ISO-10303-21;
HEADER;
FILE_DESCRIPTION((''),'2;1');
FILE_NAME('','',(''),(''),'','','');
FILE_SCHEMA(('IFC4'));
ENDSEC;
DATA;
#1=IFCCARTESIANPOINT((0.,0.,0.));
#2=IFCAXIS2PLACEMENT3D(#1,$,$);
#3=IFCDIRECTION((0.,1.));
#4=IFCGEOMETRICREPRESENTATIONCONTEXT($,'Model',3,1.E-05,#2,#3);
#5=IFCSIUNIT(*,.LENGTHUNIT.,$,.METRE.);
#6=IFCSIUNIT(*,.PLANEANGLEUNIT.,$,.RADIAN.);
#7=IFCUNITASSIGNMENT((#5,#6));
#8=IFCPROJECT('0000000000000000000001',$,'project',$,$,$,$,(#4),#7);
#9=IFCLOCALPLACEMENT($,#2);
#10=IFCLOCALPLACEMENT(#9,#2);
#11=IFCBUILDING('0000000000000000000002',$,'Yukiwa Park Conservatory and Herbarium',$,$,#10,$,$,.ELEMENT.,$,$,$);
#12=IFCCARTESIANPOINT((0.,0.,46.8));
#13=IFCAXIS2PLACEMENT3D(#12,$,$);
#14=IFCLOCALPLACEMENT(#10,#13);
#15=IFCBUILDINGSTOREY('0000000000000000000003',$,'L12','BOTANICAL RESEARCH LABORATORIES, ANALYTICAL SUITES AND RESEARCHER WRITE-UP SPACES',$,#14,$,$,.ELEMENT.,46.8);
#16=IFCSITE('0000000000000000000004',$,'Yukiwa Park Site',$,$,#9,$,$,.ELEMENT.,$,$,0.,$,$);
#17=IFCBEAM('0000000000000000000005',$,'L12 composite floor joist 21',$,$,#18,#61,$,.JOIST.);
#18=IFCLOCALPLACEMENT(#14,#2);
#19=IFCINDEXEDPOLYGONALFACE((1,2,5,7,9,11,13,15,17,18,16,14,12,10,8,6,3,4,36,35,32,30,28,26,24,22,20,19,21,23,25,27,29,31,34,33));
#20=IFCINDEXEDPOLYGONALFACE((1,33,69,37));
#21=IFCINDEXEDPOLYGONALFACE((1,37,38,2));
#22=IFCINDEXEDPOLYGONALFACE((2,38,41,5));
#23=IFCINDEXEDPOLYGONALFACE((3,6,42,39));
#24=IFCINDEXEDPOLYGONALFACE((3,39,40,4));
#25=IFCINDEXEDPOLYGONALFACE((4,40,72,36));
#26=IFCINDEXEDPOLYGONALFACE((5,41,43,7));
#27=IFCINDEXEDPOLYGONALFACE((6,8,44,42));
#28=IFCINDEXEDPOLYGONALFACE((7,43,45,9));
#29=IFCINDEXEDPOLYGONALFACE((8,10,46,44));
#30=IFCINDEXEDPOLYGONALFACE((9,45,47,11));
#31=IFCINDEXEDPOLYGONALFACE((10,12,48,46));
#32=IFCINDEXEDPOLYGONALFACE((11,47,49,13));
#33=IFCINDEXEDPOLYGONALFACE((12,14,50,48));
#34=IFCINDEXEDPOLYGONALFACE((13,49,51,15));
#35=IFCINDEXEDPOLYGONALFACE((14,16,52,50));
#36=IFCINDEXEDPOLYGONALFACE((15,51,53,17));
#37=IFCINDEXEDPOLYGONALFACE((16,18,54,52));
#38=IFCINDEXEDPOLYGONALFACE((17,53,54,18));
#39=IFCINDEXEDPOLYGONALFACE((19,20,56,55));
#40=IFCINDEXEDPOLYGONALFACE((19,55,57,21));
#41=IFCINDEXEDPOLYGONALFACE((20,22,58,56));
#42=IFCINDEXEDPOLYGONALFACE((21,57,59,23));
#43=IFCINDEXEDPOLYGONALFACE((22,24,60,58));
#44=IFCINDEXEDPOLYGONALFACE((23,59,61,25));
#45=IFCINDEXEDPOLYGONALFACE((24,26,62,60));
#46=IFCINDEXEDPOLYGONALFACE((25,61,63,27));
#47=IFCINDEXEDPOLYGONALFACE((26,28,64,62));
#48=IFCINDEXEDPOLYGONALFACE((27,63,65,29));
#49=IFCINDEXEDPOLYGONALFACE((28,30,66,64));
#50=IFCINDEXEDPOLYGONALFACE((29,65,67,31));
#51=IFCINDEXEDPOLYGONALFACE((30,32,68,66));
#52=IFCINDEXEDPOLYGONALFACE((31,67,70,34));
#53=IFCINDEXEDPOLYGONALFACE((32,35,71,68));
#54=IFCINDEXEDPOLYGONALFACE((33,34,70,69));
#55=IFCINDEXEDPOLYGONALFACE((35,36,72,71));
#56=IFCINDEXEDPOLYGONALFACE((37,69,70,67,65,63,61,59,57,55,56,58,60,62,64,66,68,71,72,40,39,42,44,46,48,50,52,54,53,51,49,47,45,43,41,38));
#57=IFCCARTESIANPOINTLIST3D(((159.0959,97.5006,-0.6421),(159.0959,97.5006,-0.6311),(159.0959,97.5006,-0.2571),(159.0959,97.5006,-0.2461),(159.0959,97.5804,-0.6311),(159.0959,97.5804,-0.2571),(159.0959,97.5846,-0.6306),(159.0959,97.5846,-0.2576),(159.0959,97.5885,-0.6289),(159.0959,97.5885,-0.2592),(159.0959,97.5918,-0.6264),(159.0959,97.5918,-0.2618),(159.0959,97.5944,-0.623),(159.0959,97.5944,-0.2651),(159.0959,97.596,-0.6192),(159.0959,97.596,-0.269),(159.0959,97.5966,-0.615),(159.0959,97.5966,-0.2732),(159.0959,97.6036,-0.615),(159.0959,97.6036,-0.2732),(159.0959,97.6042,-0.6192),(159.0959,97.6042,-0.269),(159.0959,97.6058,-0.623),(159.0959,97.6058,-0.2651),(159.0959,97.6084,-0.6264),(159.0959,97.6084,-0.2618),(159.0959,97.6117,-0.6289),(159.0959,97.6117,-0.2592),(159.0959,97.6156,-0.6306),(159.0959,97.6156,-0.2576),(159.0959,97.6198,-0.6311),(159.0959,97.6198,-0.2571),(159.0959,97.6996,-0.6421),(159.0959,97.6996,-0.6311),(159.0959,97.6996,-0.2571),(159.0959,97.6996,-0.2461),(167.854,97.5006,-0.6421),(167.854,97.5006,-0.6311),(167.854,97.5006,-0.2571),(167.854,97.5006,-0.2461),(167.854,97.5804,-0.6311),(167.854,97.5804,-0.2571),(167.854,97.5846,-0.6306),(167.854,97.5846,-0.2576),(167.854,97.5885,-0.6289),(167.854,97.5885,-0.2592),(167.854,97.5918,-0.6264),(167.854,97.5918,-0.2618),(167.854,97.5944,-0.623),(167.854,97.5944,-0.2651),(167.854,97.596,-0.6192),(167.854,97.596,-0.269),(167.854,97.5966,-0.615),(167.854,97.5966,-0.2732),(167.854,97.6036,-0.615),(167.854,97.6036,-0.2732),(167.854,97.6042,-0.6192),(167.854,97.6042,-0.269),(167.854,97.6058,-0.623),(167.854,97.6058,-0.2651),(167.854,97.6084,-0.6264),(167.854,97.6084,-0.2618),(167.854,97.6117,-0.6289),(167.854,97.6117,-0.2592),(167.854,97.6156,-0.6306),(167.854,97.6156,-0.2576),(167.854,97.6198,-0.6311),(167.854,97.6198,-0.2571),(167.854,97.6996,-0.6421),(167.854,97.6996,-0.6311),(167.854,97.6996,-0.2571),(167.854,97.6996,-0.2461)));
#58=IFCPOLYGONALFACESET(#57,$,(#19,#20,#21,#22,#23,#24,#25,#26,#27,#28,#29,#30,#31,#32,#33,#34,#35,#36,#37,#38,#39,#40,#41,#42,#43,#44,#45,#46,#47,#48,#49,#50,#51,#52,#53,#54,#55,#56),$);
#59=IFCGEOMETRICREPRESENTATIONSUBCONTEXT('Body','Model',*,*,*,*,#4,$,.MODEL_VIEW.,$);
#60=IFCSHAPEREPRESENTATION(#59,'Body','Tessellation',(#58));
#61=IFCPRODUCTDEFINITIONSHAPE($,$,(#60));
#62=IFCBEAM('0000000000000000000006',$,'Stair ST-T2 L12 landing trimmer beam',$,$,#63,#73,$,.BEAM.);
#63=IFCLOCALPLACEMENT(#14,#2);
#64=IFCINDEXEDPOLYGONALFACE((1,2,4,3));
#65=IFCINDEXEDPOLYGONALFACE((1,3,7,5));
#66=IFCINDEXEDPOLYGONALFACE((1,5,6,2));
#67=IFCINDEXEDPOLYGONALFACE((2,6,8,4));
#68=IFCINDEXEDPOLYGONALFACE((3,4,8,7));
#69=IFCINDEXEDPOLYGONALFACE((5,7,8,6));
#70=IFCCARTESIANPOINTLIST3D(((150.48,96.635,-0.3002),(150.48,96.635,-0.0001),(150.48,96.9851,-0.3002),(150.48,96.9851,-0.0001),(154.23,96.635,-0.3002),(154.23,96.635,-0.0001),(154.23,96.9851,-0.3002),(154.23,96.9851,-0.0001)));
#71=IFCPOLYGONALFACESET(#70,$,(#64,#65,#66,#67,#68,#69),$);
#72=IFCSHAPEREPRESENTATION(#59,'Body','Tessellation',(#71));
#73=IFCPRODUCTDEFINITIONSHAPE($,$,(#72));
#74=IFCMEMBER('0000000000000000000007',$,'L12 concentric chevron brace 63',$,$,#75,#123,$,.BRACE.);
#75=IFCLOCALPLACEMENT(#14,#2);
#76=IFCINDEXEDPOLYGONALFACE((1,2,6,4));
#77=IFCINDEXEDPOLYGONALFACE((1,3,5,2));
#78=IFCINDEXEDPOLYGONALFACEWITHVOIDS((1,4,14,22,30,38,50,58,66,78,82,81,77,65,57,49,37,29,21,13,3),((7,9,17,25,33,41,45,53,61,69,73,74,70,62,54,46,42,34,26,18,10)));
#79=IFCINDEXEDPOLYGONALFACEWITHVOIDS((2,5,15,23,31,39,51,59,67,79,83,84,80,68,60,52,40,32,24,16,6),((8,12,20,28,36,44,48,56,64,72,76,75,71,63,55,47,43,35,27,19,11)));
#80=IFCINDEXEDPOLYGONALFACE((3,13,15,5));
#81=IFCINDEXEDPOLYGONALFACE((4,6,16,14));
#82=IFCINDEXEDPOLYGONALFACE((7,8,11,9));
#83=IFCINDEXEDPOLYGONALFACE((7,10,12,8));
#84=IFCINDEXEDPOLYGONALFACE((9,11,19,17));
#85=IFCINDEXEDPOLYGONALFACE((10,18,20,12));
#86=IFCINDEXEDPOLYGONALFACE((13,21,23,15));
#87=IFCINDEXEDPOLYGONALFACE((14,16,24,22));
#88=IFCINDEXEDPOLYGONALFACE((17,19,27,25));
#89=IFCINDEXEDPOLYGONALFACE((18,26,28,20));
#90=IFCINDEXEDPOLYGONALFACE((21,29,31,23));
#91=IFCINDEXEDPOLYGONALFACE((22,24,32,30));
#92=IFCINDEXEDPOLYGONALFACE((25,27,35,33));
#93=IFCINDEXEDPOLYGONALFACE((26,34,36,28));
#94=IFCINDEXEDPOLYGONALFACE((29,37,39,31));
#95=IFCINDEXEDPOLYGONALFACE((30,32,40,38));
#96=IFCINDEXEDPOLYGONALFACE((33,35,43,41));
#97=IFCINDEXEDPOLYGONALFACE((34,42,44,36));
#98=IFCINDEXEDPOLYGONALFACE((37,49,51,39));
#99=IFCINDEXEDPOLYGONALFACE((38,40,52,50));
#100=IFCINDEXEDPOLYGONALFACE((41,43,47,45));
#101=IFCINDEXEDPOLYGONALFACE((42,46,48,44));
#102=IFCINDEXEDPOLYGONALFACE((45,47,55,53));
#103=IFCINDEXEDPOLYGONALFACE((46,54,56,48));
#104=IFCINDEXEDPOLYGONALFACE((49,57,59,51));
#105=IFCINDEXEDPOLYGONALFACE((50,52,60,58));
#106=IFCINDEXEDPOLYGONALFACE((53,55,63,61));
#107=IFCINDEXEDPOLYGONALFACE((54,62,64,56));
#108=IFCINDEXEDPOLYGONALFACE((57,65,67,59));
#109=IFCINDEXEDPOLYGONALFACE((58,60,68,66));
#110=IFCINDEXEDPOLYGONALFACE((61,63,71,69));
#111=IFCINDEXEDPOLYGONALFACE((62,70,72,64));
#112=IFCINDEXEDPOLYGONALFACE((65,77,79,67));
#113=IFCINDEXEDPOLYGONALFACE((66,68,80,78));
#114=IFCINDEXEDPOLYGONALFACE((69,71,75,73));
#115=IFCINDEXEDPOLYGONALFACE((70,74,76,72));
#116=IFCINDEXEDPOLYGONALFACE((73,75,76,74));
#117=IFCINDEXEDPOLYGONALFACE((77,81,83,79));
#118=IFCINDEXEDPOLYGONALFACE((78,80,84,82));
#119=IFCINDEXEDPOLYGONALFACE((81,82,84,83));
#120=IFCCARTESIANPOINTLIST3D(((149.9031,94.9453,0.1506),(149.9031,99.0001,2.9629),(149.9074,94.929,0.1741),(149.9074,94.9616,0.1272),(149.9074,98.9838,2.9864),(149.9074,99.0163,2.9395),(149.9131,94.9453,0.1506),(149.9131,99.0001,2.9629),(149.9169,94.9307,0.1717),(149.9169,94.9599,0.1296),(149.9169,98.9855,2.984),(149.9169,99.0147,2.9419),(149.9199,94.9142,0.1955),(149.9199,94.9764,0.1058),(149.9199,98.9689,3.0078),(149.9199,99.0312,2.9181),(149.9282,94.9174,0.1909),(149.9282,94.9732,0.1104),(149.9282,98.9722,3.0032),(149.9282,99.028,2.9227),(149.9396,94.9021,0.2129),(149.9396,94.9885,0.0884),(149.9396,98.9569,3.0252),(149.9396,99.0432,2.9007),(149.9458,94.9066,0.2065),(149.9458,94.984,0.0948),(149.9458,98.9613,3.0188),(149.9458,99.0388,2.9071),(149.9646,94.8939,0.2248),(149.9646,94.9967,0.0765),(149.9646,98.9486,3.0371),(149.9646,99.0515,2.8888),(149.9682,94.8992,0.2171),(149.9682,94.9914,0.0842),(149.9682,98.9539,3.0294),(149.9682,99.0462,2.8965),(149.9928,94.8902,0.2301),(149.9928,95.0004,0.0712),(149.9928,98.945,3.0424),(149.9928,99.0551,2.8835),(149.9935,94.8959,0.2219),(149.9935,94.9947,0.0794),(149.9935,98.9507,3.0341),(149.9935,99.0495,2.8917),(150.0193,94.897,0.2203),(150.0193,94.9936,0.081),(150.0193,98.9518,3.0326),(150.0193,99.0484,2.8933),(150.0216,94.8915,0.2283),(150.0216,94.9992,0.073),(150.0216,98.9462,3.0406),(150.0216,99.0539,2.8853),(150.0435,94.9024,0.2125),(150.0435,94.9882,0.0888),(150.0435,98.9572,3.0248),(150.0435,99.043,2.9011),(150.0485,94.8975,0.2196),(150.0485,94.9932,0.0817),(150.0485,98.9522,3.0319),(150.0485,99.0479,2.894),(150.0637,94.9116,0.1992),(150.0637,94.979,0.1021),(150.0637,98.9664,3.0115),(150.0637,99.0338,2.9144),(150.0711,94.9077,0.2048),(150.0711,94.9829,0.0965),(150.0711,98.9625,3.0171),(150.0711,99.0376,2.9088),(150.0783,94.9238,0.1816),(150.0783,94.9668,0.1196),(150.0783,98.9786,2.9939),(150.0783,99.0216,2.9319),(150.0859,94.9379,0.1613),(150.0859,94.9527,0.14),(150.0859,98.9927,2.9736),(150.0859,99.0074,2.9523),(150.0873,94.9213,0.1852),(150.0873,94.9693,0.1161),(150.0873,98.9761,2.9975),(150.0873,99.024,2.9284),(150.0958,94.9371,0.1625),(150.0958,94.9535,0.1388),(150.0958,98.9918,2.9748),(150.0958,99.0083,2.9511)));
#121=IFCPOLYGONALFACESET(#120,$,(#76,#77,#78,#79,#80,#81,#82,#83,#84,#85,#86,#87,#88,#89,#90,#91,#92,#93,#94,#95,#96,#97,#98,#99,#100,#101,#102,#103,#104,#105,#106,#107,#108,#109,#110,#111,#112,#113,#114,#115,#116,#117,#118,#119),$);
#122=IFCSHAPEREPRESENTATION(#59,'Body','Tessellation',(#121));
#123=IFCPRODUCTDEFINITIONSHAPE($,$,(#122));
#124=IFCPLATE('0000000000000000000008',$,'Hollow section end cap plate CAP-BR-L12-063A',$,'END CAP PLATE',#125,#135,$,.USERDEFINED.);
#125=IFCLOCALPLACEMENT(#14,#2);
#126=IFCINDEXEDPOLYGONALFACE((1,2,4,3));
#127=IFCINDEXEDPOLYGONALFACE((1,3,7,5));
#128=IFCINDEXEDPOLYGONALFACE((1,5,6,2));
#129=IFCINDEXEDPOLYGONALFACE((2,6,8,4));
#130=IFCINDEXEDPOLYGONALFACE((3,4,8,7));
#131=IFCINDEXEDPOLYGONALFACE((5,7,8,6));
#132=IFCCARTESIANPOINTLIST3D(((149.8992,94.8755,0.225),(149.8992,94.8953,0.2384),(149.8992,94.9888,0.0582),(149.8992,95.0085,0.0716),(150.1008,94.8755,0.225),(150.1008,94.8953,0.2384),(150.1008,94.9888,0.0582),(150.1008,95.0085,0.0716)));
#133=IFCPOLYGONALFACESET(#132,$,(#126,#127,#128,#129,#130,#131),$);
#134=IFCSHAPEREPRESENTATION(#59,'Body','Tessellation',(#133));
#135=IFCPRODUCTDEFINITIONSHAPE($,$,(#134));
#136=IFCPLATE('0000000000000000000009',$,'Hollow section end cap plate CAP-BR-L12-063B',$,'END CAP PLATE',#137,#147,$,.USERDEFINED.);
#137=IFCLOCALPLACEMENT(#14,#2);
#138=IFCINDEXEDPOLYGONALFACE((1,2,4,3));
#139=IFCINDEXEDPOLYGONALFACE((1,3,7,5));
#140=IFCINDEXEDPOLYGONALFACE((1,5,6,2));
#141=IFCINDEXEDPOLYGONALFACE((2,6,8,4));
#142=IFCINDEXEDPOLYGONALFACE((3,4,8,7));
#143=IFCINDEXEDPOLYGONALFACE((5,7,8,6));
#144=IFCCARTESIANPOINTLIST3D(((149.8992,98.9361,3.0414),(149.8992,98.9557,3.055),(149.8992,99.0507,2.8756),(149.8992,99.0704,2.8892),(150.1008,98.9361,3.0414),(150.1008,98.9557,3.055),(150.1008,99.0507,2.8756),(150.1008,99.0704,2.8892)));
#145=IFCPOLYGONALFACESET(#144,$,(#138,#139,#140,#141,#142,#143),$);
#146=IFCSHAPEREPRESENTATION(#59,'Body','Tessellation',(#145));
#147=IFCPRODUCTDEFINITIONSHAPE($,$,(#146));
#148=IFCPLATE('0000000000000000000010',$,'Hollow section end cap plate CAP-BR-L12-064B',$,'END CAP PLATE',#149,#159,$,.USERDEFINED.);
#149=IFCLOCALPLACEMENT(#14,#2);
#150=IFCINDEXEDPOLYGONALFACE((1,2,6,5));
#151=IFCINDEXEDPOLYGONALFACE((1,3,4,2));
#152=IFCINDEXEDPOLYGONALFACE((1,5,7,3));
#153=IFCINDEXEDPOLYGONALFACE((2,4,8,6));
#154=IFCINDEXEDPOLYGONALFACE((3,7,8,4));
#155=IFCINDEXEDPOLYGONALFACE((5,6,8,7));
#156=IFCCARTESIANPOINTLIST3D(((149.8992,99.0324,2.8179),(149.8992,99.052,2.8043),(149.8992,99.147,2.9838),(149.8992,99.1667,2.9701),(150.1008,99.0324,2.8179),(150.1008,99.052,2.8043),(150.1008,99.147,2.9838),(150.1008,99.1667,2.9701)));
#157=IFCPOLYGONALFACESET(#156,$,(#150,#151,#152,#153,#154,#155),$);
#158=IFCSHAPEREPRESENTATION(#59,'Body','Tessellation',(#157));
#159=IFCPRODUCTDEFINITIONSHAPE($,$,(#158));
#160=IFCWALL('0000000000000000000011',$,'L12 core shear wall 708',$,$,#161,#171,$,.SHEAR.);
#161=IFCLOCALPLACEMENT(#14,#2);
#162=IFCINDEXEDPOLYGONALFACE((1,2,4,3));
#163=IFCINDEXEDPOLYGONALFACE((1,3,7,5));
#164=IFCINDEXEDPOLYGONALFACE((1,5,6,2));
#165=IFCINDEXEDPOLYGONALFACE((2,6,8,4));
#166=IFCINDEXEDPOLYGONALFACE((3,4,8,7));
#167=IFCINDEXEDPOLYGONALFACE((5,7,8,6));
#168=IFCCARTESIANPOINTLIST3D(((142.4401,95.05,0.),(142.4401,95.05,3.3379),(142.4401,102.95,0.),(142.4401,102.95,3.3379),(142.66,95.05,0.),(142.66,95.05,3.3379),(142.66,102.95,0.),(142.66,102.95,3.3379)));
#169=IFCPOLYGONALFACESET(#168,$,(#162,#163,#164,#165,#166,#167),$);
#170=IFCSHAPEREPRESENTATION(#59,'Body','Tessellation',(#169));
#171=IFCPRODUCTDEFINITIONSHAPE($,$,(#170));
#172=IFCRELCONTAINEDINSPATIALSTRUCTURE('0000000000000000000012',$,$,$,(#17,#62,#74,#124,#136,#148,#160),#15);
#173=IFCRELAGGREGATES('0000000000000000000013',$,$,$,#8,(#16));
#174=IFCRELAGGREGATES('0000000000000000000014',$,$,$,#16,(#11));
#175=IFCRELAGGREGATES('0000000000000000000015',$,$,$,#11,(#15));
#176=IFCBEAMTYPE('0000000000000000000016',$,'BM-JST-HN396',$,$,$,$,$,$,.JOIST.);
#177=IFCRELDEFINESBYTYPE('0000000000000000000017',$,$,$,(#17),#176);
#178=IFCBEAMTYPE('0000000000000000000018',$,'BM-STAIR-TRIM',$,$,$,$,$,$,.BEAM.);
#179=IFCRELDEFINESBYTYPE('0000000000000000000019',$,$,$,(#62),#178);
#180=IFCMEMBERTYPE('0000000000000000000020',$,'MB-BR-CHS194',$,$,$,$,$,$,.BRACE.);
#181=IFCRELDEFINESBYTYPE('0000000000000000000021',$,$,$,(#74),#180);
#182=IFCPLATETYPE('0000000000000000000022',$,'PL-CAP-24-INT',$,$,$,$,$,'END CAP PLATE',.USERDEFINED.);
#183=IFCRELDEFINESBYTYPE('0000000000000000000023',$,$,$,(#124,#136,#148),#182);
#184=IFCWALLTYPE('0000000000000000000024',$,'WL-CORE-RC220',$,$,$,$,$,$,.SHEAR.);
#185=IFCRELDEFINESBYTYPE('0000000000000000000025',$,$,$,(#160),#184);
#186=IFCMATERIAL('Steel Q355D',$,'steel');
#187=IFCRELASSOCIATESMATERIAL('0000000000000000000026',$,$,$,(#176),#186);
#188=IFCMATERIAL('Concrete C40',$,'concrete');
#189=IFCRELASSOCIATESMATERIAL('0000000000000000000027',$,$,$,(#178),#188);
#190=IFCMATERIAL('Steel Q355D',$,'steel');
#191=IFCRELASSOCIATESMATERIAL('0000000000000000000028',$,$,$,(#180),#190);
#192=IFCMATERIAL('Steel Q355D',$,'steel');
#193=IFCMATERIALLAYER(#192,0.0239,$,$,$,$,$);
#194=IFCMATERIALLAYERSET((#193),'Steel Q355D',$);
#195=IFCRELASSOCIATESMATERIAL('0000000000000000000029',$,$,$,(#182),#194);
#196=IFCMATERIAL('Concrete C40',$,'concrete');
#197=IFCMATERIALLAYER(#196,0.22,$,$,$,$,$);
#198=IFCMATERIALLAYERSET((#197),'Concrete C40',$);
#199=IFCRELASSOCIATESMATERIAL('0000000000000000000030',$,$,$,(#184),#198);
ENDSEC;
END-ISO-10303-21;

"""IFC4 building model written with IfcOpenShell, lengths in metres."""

from ifc_helpers import new_model, si_unit, direction, frame, frame_2d, origin, origin_2d, place, context, subcontext, project, spatial, rectangle, hollow_circle, i_section, extrude, material, layer, layer_set, material_profile, profile_set, type_object, element, save


model = new_model("IFC4")

# Units and contexts
model_context = context("Model", 3, precision=1e-05, world=origin(), true_north=direction((0.0, 1.0)))
body_context = subcontext(model_context, "Body", "Model", "MODEL_VIEW")
ifc_project = project(units=[si_unit("LENGTHUNIT", "METRE"), si_unit("PLANEANGLEUNIT", "RADIAN")], contexts=[model_context])

# Site, building, storey
site_placement = place(None, origin())
site = spatial("IfcSite", under=ifc_project, at=site_placement, Name="Yukiwa Park Site", CompositionType="ELEMENT", RefElevation=0.0)
building_placement = place(site_placement, origin())
building = spatial("IfcBuilding", under=site, at=building_placement, Name="Yukiwa Park Conservatory and Herbarium", CompositionType="ELEMENT")
storey_placement = place(building_placement, frame((0.0, 0.0, 46.8)))
storey = spatial("IfcBuildingStorey", under=building, at=storey_placement, Name="L12", Description="BOTANICAL RESEARCH LABORATORIES, ANALYTICAL SUITES AND RESEARCHER WRITE-UP SPACES", CompositionType="ELEMENT", Elevation=46.8)

# Beams
ifc_material_1 = material(Name="Steel Q355D", Category="steel")
ifc_material_profile_1 = material_profile(ifc_material_1, i_section(OverallWidth=0.199, OverallDepth=0.396, WebThickness=0.0071, FlangeThickness=0.011, FilletRadius=0.0161, at=origin_2d()), Name="HN 396x199x7x11")
ifc_profile_set_1 = profile_set([ifc_material_profile_1], Name="Steel Q355D")
beam_type_1 = type_object("IfcBeamType", Name="BM-JST-HN396", PredefinedType="JOIST", material=ifc_profile_set_1)
beam_1_placement = place(storey_placement, frame((159.0959, 97.6001, -0.4441), z_axis=(1.0, 0.0, 0.0), x_axis=(0.0, 1.0, 0.0)))
element("IfcBeam", 1, at=beam_1_placement, inside=storey, type_object=beam_type_1, Name="L12 composite floor joist 21", PredefinedType="JOIST", context=body_context, shape_type="SweptSolid", body=[
    extrude(i_section(OverallWidth=0.199, OverallDepth=0.396, WebThickness=0.0071, FlangeThickness=0.011, FilletRadius=0.0161, at=origin_2d()), origin(), (0.0, 0.0, 1.0), 8.7581),
])
ifc_material_2 = material(Name="Concrete C40", Category="concrete")
ifc_material_profile_2 = material_profile(ifc_material_2, rectangle(XDim=0.3501, YDim=0.3, at=origin_2d()), Name="RC 350x300")
ifc_profile_set_2 = profile_set([ifc_material_profile_2], Name="Concrete C40")
beam_type_2 = type_object("IfcBeamType", Name="BM-STAIR-TRIM", PredefinedType="BEAM", material=ifc_profile_set_2)
beam_2_placement = place(storey_placement, frame((150.48, 96.8101, -0.1501), z_axis=(1.0, 0.0, 0.0), x_axis=(0.0, 1.0, 0.0)))
element("IfcBeam", 2, at=beam_2_placement, inside=storey, type_object=beam_type_2, Name="Stair ST-T2 L12 landing trimmer beam", PredefinedType="BEAM", context=body_context, shape_type="SweptSolid", body=[
    extrude(rectangle(XDim=0.3501, YDim=0.3, at=origin_2d()), origin(), (0.0, 0.0, 1.0), 3.75),
])

# Member
ifc_material_3 = material(Name="Steel Q355D", Category="steel")
ifc_material_profile_3 = material_profile(ifc_material_3, hollow_circle(Radius=0.0969, WallThickness=0.01, at=origin_2d()), Name="CHS 193.7x10")
ifc_profile_set_3 = profile_set([ifc_material_profile_3], Name="Steel Q355D")
member_type = type_object("IfcMemberType", Name="MB-BR-CHS194", PredefinedType="BRACE", material=ifc_profile_set_3)
member_placement = place(storey_placement, frame((150.0, 94.9453, 0.1506), z_axis=(0.0, 0.821702, 0.569917), x_axis=(-1.0, 0.0, 0.0)))
element("IfcMember", 3, at=member_placement, inside=storey, type_object=member_type, Name="L12 concentric chevron brace 63", PredefinedType="BRACE", context=body_context, shape_type="SweptSolid", body=[
    extrude(hollow_circle(Radius=0.0969, WallThickness=0.01, at=origin_2d()), origin(), (0.0, 0.0, 1.0), 4.9346),
])

# Plates
ifc_material_4 = material(Name="Steel Q355D", Category="steel")
ifc_layer_1 = layer(ifc_material_4, 0.0239)
ifc_layer_set_1 = layer_set([ifc_layer_1], Name="Steel Q355D")
plate_type = type_object("IfcPlateType", Name="PL-CAP-24-INT", ElementType="END CAP PLATE", PredefinedType="USERDEFINED", material=ifc_layer_set_1)
for number, where, z_axis, x_axis, name in (
    (4, (150.0, 94.9519, 0.155), (0.0, -0.827306, -0.561751), (1.0, 0.0, 0.0), "Hollow section end cap plate CAP-BR-L12-063A"),
    (5, (150.0, 98.9934, 2.9585), (0.0, 0.822558, 0.568682), (-1.0, 0.0, 0.0), "Hollow section end cap plate CAP-BR-L12-063B"),
    (6, (150.0, 99.1094, 2.8872), (0.0, -0.822558, 0.568682), (1.0, 0.0, 0.0), "Hollow section end cap plate CAP-BR-L12-064B"),
):
    element("IfcPlate", number, at=place(storey_placement, frame(where, z_axis=z_axis, x_axis=x_axis)), inside=storey, type_object=plate_type, Name=name, ObjectType="END CAP PLATE", PredefinedType="USERDEFINED", context=body_context, shape_type="SweptSolid", body=[
        extrude(rectangle(XDim=0.2017, YDim=0.2017, at=origin_2d()), origin(), (0.0, 0.0, 1.0), 0.0239),
    ])

# Wall
ifc_material_5 = material(Name="Concrete C40", Category="concrete")
ifc_layer_2 = layer(ifc_material_5, 0.22)
ifc_layer_set_2 = layer_set([ifc_layer_2], Name="Concrete C40")
wall_type_1 = type_object("IfcWallType", Name="WL-CORE-RC220", PredefinedType="SHEAR", material=ifc_layer_set_2)
wall_1_placement = place(storey_placement, frame((142.55, 95.05, 0.0), z_axis=(0.0, 0.0, 1.0), x_axis=(0.0, 1.0, 0.0)))
element("IfcWall", 7, at=wall_1_placement, inside=storey, type_object=wall_type_1, Name="L12 core shear wall 708", PredefinedType="SHEAR", context=body_context, shape_type="SweptSolid", body=[
    extrude(rectangle(XDim=7.8999, YDim=0.22, at=frame_2d((3.95, 0.0))), origin(), (0.0, 0.0, 1.0), 3.3379),
])

save(model, "model.ifc")
